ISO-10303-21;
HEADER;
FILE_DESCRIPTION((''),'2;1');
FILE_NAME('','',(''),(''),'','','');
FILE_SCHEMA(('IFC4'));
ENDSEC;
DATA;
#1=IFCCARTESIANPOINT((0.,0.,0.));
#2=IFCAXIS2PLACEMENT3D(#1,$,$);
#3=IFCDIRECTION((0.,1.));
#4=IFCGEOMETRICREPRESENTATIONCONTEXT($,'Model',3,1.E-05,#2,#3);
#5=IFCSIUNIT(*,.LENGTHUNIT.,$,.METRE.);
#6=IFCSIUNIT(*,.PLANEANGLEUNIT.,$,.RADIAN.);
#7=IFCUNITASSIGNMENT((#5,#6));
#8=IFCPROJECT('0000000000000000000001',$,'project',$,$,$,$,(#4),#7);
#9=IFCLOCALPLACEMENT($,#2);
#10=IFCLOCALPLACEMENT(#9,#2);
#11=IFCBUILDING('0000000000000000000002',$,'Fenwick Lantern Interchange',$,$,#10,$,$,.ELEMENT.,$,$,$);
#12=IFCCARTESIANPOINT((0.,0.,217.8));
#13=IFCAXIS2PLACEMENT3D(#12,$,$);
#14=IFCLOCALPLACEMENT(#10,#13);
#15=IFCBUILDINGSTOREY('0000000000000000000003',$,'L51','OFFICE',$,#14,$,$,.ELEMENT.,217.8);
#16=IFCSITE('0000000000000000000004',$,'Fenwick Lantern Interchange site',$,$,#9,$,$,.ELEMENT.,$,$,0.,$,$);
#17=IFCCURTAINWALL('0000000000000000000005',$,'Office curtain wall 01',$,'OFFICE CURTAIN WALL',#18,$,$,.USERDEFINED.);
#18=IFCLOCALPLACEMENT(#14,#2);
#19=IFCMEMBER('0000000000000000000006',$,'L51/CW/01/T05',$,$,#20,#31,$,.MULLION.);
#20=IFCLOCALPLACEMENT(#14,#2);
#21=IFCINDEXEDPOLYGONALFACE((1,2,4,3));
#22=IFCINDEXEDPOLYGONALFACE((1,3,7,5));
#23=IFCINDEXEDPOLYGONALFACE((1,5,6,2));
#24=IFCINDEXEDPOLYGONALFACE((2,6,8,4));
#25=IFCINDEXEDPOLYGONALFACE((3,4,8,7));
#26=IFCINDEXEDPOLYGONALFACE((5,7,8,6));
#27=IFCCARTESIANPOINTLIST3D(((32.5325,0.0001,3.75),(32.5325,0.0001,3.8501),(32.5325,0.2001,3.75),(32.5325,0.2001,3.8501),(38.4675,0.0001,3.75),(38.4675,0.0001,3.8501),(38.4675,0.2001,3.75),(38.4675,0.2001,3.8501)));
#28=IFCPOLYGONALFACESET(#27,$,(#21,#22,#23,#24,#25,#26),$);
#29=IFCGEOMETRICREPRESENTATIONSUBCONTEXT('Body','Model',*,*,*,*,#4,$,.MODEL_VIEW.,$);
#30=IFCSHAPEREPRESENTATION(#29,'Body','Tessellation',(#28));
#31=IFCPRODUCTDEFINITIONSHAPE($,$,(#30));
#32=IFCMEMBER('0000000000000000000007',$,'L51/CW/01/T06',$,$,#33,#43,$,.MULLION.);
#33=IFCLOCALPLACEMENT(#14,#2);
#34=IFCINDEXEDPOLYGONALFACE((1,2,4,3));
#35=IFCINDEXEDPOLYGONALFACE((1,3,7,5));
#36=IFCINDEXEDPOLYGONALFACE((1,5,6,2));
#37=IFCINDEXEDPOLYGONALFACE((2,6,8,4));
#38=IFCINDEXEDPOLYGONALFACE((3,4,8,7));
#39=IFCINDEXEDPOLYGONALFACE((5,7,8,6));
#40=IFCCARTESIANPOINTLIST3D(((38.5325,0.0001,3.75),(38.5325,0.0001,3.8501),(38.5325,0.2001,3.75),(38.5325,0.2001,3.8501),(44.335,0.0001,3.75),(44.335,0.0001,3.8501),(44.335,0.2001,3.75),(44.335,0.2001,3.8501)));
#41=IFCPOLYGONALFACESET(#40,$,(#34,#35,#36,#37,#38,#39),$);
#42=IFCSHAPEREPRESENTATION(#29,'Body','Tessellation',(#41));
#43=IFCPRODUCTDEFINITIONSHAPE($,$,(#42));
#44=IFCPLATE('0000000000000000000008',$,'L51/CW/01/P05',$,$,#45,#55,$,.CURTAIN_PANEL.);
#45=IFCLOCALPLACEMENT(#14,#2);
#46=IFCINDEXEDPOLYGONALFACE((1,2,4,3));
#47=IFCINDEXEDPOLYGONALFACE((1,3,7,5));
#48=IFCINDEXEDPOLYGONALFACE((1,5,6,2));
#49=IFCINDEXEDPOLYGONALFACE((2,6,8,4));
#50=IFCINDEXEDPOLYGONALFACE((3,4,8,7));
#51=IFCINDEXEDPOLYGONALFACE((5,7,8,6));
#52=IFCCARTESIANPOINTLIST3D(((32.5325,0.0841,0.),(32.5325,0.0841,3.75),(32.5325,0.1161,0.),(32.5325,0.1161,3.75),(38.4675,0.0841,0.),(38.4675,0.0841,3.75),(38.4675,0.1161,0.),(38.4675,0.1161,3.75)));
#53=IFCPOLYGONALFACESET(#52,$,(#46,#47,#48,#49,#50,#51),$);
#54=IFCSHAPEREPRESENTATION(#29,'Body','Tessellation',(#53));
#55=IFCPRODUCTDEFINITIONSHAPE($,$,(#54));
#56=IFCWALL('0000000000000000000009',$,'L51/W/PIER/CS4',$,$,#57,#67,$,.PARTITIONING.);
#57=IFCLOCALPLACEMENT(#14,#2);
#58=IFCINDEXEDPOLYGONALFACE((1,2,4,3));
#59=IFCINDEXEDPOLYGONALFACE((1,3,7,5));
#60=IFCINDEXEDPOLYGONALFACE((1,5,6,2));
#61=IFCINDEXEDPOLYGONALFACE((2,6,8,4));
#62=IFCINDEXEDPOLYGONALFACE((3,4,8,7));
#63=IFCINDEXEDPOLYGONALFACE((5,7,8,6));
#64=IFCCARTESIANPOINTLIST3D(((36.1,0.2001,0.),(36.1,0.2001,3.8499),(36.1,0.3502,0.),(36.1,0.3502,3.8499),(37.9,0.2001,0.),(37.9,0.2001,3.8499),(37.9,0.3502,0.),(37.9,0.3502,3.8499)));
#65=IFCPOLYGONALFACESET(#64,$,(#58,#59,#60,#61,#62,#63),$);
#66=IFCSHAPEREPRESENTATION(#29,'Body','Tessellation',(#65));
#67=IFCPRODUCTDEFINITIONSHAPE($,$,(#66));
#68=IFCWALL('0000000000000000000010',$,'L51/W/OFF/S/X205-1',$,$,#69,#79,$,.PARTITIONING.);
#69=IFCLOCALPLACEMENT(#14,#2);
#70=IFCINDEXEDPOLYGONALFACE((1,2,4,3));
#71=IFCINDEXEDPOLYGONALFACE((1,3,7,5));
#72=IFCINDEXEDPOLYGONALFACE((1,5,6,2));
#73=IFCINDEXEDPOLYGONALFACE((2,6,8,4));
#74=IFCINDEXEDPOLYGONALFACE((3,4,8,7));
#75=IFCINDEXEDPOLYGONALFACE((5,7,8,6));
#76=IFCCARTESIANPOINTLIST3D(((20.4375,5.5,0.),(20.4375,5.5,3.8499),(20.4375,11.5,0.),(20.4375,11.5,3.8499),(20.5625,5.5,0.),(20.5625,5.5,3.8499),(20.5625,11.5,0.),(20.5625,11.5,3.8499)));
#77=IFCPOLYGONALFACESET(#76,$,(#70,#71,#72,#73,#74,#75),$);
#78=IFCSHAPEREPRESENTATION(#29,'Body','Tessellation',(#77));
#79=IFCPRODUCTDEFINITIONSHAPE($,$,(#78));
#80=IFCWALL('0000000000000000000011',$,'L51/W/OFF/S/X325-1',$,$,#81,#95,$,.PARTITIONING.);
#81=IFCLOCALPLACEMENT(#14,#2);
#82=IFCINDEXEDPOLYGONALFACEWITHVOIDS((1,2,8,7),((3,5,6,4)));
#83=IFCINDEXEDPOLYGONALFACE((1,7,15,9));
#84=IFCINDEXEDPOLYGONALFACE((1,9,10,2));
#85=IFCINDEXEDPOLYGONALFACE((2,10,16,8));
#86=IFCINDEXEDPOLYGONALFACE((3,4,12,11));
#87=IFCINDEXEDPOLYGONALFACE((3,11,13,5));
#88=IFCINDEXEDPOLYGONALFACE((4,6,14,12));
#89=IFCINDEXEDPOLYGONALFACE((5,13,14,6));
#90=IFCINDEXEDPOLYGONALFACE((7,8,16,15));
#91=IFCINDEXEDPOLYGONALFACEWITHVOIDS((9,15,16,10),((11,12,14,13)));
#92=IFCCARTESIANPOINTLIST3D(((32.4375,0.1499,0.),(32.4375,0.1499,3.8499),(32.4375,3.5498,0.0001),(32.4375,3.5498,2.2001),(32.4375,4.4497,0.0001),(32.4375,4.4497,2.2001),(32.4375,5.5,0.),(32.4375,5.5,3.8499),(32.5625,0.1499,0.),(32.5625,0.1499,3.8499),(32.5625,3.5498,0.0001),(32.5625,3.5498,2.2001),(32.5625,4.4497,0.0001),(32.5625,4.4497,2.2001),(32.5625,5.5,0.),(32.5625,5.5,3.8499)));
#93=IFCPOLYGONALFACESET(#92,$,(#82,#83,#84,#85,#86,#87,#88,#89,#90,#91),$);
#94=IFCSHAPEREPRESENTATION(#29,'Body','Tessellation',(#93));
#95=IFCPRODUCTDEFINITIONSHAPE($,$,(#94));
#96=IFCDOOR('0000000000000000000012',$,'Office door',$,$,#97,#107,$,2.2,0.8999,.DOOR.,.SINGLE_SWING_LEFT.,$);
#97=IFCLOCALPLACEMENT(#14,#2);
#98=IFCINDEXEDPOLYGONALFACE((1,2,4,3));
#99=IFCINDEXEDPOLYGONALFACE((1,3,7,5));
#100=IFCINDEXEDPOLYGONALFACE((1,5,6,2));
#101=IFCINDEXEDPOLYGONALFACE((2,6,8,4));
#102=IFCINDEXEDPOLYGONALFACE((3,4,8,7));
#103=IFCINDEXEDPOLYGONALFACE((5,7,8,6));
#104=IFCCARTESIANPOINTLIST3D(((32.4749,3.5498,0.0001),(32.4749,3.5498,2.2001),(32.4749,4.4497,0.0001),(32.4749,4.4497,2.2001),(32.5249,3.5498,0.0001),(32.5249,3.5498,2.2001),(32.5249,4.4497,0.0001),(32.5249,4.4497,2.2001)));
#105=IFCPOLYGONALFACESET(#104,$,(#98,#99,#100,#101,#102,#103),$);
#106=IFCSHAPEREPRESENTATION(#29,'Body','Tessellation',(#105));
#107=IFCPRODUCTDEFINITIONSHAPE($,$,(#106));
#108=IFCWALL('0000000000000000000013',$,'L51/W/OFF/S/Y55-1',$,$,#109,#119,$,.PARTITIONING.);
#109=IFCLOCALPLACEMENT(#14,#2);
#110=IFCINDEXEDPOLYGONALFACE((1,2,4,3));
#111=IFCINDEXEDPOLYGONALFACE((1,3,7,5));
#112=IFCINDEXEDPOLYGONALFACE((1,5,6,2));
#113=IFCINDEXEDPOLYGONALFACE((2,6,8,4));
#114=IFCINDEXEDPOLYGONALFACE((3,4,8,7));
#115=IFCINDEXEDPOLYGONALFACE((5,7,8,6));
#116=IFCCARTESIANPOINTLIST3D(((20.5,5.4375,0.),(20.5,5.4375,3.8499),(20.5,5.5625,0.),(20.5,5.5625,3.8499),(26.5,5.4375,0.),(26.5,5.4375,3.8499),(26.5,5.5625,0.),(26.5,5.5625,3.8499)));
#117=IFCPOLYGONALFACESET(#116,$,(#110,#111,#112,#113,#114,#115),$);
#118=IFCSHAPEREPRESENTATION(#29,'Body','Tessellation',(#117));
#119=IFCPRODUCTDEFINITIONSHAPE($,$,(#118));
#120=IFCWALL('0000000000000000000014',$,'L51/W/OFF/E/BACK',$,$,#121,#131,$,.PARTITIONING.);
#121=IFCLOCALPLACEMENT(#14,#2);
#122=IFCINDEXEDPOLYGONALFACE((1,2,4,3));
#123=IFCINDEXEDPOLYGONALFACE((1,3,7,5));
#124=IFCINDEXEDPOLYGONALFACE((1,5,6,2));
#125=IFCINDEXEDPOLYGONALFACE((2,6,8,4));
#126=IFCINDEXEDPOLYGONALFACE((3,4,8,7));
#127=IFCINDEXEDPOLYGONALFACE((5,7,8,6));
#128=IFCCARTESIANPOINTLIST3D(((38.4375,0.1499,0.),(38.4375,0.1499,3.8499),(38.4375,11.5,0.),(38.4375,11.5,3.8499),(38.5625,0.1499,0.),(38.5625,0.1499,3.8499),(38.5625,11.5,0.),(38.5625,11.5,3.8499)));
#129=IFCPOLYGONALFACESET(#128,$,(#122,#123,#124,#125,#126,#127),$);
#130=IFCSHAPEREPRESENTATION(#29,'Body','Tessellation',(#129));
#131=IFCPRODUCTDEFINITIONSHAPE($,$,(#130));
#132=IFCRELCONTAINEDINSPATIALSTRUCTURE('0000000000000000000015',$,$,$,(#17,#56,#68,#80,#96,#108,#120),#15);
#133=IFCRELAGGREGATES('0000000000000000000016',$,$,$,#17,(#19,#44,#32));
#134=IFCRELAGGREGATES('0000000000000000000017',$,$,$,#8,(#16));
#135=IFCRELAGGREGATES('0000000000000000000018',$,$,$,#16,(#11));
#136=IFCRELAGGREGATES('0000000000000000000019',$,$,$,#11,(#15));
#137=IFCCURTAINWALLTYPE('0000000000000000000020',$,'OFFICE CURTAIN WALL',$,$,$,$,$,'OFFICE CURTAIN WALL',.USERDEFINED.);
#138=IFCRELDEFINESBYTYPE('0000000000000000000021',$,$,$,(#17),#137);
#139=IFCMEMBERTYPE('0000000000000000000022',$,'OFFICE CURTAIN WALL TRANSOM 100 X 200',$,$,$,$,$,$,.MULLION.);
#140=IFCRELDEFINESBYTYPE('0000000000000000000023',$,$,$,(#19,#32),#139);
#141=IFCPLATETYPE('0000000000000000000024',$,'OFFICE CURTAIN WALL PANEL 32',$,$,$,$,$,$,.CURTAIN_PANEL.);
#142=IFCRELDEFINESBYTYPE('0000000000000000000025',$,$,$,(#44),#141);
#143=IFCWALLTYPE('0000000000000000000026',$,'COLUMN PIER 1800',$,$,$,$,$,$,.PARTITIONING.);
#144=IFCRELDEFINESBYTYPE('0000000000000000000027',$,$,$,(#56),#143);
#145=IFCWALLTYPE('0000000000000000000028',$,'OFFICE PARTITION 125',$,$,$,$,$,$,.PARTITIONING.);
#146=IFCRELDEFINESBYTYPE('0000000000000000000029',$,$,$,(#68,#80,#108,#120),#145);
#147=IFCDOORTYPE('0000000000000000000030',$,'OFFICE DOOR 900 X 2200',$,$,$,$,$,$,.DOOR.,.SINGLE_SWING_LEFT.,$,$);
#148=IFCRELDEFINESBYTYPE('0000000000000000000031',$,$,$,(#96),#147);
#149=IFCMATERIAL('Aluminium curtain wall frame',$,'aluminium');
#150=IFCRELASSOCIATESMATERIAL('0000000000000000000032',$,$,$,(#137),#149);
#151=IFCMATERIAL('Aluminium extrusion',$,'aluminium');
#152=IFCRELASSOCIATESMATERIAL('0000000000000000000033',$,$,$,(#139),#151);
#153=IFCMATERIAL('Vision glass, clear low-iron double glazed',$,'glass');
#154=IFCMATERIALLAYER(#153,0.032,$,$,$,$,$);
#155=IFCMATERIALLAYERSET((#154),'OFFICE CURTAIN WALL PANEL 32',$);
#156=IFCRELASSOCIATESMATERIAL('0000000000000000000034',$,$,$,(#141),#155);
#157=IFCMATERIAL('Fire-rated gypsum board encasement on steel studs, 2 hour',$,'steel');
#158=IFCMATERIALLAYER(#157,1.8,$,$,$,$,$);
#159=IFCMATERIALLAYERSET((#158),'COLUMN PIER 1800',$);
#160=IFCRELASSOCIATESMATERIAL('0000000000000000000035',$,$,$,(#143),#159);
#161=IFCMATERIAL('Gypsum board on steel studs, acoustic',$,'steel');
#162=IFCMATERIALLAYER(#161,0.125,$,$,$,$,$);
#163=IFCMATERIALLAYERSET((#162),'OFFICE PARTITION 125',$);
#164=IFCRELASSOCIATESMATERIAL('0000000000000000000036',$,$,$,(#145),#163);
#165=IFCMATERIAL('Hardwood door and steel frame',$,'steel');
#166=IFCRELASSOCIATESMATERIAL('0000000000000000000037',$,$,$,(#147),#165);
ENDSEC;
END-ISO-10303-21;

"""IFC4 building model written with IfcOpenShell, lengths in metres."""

from ifc_helpers import new_model, si_unit, direction, frame, frame_2d, origin, origin_2d, place, context, subcontext, project, spatial, rectangle, extrude, material, layer, layer_set, material_profile, profile_set, type_object, element, fill, aggregate, save


model = new_model("IFC4")

# Units and contexts
model_context = context("Model", 3, precision=1e-05, world=origin(), true_north=direction((0.0, 1.0)))
body_context = subcontext(model_context, "Body", "Model", "MODEL_VIEW")
ifc_project = project(units=[si_unit("LENGTHUNIT", "METRE"), si_unit("PLANEANGLEUNIT", "RADIAN")], contexts=[model_context])

# Site, building, storey
site_placement = place(None, origin())
site = spatial("IfcSite", under=ifc_project, at=site_placement, Name="Fenwick Lantern Interchange site", CompositionType="ELEMENT", RefElevation=0.0)
building_placement = place(site_placement, origin())
building = spatial("IfcBuilding", under=site, at=building_placement, Name="Fenwick Lantern Interchange", CompositionType="ELEMENT")
storey_placement = place(building_placement, frame((0.0, 0.0, 217.8)))
storey = spatial("IfcBuildingStorey", under=building, at=storey_placement, Name="L51", Description="OFFICE", CompositionType="ELEMENT", Elevation=217.8)

# Curtain wall, members, plate
ifc_material_1 = material(Name="Aluminium curtain wall frame", Category="aluminium")
curtain_wall_type = type_object("IfcCurtainWallType", Name="OFFICE CURTAIN WALL", ElementType="OFFICE CURTAIN WALL", PredefinedType="USERDEFINED", material=ifc_material_1)
curtain_wall_placement = place(storey_placement, origin())
curtain_wall = element("IfcCurtainWall", 1, at=curtain_wall_placement, inside=storey, type_object=curtain_wall_type, Name="Office curtain wall 01", ObjectType="OFFICE CURTAIN WALL", PredefinedType="USERDEFINED")
ifc_material_2 = material(Name="Aluminium extrusion", Category="aluminium")
ifc_material_profile_1 = material_profile(ifc_material_2, rectangle(XDim=0.2, YDim=0.1001, at=origin_2d()), Name="OFFICE CURTAIN WALL TRANSOM 100 X 200")
ifc_profile_set_1 = profile_set([ifc_material_profile_1], Name="Aluminium extrusion")
member_type_1 = type_object("IfcMemberType", Name="OFFICE CURTAIN WALL TRANSOM 100 X 200", PredefinedType="MULLION", material=ifc_profile_set_1)
member_1_placement = place(storey_placement, frame((32.5325, 0.1001, 3.8), z_axis=(1.0, 0.0, 0.0), x_axis=(0.0, 1.0, 0.0)))
member_1 = element("IfcMember", 2, at=member_1_placement, type_object=member_type_1, Name="L51/CW/01/T05", PredefinedType="MULLION", context=body_context, shape_type="SweptSolid", body=[
    extrude(rectangle(XDim=0.2, YDim=0.1001, at=origin_2d()), origin(), (0.0, 0.0, 1.0), 5.9351),
])
member_2_placement = place(storey_placement, frame((38.5325, 0.1001, 3.8), z_axis=(1.0, 0.0, 0.0), x_axis=(0.0, 1.0, 0.0)))
member_2 = element("IfcMember", 3, at=member_2_placement, type_object=member_type_1, Name="L51/CW/01/T06", PredefinedType="MULLION", context=body_context, shape_type="SweptSolid", body=[
    extrude(rectangle(XDim=0.2, YDim=0.1001, at=origin_2d()), origin(), (0.0, 0.0, 1.0), 5.8025),
])
ifc_material_3 = material(Name="Vision glass, clear low-iron double glazed", Category="glass")
ifc_layer_1 = layer(ifc_material_3, 0.032)
ifc_layer_set_1 = layer_set([ifc_layer_1], Name="OFFICE CURTAIN WALL PANEL 32")
plate_type = type_object("IfcPlateType", Name="OFFICE CURTAIN WALL PANEL 32", PredefinedType="CURTAIN_PANEL", material=ifc_layer_set_1)
plate_placement = place(storey_placement, frame((35.5, 0.1001, 0.0), z_axis=(0.0, 0.0, 1.0), x_axis=(1.0, 0.0, 0.0)))
plate = element("IfcPlate", 4, at=plate_placement, type_object=plate_type, Name="L51/CW/01/P05", PredefinedType="CURTAIN_PANEL", context=body_context, shape_type="SweptSolid", body=[
    extrude(rectangle(XDim=5.9351, YDim=0.032, at=origin_2d()), origin(), (0.0, 0.0, 1.0), 3.75),
])
aggregate(curtain_wall, [member_1, plate, member_2])

# Walls
ifc_material_4 = material(Name="Fire-rated gypsum board encasement on steel studs, 2 hour", Category="steel")
ifc_layer_2 = layer(ifc_material_4, 1.8)
ifc_layer_set_2 = layer_set([ifc_layer_2], Name="COLUMN PIER 1800")
wall_type_1 = type_object("IfcWallType", Name="COLUMN PIER 1800", PredefinedType="PARTITIONING", material=ifc_layer_set_2)
wall_1_placement = place(storey_placement, frame((37.0, 0.2, 0.0), z_axis=(0.0, 0.0, 1.0), x_axis=(0.0, 1.0, 0.0)))
element("IfcWall", 5, at=wall_1_placement, inside=storey, type_object=wall_type_1, Name="L51/W/PIER/CS4", PredefinedType="PARTITIONING", context=body_context, shape_type="SweptSolid", body=[
    extrude(rectangle(XDim=0.1501, YDim=1.8, at=frame_2d((0.0752, 0.0))), origin(), (0.0, 0.0, 1.0), 3.8499),
])
ifc_material_5 = material(Name="Gypsum board on steel studs, acoustic", Category="steel")
ifc_layer_3 = layer(ifc_material_5, 0.125)
ifc_layer_set_3 = layer_set([ifc_layer_3], Name="OFFICE PARTITION 125")
wall_type_2 = type_object("IfcWallType", Name="OFFICE PARTITION 125", PredefinedType="PARTITIONING", material=ifc_layer_set_3)
wall_2_placement = place(storey_placement, frame((20.5, 5.5, 0.0), z_axis=(0.0, 0.0, 1.0), x_axis=(0.0, 1.0, 0.0)))
element("IfcWall", 6, at=wall_2_placement, inside=storey, type_object=wall_type_2, Name="L51/W/OFF/S/X205-1", PredefinedType="PARTITIONING", context=body_context, shape_type="SweptSolid", body=[
    extrude(rectangle(XDim=6.0, YDim=0.125, at=frame_2d((3.0, 0.0))), origin(), (0.0, 0.0, 1.0), 3.8499),
])

# Wall, opening, door
wall_3_placement = place(storey_placement, frame((32.5, 0.1499, 0.0), z_axis=(0.0, 0.0, 1.0), x_axis=(0.0, 1.0, 0.0)))
wall_3 = element("IfcWall", 7, at=wall_3_placement, inside=storey, type_object=wall_type_2, Name="L51/W/OFF/S/X325-1", PredefinedType="PARTITIONING", context=body_context, shape_type="SweptSolid", body=[
    extrude(rectangle(XDim=5.3501, YDim=0.125, at=frame_2d((2.675, 0.0))), origin(), (0.0, 0.0, 1.0), 3.8499),
])
opening_placement = place(wall_3_placement, frame((3.3999, 0.0, 0.0)))
opening = element("IfcOpeningElement", 8, at=opening_placement, cuts=wall_3, PredefinedType="OPENING", context=body_context, shape_type="SweptSolid", body=[
    extrude(rectangle(XDim=0.8999, YDim=2.2, at=frame_2d((0.45, 1.1001))), frame((0.0, 0.0725, 0.0), z_axis=(0.0, -1.0, 0.0), x_axis=(1.0, 0.0, 0.0)), (0.0, 0.0, 1.0), 0.145),
])
ifc_material_6 = material(Name="Hardwood door and steel frame", Category="steel")
door_type = type_object("IfcDoorType", Name="OFFICE DOOR 900 X 2200", OperationType="SINGLE_SWING_LEFT", PredefinedType="DOOR", material=ifc_material_6)
door_placement = place(opening_placement, frame((0.8999, 0.0, 0.0), z_axis=(0.0, 0.0, 1.0), x_axis=(-1.0, 0.0, 0.0)))
door = element("IfcDoor", 9, at=door_placement, inside=storey, type_object=door_type, Name="Office door", OperationType="SINGLE_SWING_LEFT", OverallHeight=2.2, OverallWidth=0.8999, PredefinedType="DOOR", context=body_context, shape_type="SweptSolid", body=[
    extrude(rectangle(XDim=0.8999, YDim=2.2, at=frame_2d((0.45, 1.1001))), frame((0.0, 0.0249, 0.0), z_axis=(0.0, -1.0, 0.0), x_axis=(1.0, 0.0, 0.0)), (0.0, 0.0, 1.0), 0.05),
])
fill(opening, door)

# Walls
wall_4_placement = place(storey_placement, frame((20.5, 5.5, 0.0), z_axis=(0.0, 0.0, 1.0), x_axis=(1.0, 0.0, 0.0)))
element("IfcWall", 10, at=wall_4_placement, inside=storey, type_object=wall_type_2, Name="L51/W/OFF/S/Y55-1", PredefinedType="PARTITIONING", context=body_context, shape_type="SweptSolid", body=[
    extrude(rectangle(XDim=6.0, YDim=0.125, at=frame_2d((3.0, 0.0))), origin(), (0.0, 0.0, 1.0), 3.8499),
])
wall_5_placement = place(storey_placement, frame((38.5, 0.1499, 0.0), z_axis=(0.0, 0.0, 1.0), x_axis=(0.0, 1.0, 0.0)))
element("IfcWall", 11, at=wall_5_placement, inside=storey, type_object=wall_type_2, Name="L51/W/OFF/E/BACK", PredefinedType="PARTITIONING", context=body_context, shape_type="SweptSolid", body=[
    extrude(rectangle(XDim=11.3501, YDim=0.125, at=frame_2d((5.675, 0.0))), origin(), (0.0, 0.0, 1.0), 3.8499),
])

save(model, "model.ifc")
